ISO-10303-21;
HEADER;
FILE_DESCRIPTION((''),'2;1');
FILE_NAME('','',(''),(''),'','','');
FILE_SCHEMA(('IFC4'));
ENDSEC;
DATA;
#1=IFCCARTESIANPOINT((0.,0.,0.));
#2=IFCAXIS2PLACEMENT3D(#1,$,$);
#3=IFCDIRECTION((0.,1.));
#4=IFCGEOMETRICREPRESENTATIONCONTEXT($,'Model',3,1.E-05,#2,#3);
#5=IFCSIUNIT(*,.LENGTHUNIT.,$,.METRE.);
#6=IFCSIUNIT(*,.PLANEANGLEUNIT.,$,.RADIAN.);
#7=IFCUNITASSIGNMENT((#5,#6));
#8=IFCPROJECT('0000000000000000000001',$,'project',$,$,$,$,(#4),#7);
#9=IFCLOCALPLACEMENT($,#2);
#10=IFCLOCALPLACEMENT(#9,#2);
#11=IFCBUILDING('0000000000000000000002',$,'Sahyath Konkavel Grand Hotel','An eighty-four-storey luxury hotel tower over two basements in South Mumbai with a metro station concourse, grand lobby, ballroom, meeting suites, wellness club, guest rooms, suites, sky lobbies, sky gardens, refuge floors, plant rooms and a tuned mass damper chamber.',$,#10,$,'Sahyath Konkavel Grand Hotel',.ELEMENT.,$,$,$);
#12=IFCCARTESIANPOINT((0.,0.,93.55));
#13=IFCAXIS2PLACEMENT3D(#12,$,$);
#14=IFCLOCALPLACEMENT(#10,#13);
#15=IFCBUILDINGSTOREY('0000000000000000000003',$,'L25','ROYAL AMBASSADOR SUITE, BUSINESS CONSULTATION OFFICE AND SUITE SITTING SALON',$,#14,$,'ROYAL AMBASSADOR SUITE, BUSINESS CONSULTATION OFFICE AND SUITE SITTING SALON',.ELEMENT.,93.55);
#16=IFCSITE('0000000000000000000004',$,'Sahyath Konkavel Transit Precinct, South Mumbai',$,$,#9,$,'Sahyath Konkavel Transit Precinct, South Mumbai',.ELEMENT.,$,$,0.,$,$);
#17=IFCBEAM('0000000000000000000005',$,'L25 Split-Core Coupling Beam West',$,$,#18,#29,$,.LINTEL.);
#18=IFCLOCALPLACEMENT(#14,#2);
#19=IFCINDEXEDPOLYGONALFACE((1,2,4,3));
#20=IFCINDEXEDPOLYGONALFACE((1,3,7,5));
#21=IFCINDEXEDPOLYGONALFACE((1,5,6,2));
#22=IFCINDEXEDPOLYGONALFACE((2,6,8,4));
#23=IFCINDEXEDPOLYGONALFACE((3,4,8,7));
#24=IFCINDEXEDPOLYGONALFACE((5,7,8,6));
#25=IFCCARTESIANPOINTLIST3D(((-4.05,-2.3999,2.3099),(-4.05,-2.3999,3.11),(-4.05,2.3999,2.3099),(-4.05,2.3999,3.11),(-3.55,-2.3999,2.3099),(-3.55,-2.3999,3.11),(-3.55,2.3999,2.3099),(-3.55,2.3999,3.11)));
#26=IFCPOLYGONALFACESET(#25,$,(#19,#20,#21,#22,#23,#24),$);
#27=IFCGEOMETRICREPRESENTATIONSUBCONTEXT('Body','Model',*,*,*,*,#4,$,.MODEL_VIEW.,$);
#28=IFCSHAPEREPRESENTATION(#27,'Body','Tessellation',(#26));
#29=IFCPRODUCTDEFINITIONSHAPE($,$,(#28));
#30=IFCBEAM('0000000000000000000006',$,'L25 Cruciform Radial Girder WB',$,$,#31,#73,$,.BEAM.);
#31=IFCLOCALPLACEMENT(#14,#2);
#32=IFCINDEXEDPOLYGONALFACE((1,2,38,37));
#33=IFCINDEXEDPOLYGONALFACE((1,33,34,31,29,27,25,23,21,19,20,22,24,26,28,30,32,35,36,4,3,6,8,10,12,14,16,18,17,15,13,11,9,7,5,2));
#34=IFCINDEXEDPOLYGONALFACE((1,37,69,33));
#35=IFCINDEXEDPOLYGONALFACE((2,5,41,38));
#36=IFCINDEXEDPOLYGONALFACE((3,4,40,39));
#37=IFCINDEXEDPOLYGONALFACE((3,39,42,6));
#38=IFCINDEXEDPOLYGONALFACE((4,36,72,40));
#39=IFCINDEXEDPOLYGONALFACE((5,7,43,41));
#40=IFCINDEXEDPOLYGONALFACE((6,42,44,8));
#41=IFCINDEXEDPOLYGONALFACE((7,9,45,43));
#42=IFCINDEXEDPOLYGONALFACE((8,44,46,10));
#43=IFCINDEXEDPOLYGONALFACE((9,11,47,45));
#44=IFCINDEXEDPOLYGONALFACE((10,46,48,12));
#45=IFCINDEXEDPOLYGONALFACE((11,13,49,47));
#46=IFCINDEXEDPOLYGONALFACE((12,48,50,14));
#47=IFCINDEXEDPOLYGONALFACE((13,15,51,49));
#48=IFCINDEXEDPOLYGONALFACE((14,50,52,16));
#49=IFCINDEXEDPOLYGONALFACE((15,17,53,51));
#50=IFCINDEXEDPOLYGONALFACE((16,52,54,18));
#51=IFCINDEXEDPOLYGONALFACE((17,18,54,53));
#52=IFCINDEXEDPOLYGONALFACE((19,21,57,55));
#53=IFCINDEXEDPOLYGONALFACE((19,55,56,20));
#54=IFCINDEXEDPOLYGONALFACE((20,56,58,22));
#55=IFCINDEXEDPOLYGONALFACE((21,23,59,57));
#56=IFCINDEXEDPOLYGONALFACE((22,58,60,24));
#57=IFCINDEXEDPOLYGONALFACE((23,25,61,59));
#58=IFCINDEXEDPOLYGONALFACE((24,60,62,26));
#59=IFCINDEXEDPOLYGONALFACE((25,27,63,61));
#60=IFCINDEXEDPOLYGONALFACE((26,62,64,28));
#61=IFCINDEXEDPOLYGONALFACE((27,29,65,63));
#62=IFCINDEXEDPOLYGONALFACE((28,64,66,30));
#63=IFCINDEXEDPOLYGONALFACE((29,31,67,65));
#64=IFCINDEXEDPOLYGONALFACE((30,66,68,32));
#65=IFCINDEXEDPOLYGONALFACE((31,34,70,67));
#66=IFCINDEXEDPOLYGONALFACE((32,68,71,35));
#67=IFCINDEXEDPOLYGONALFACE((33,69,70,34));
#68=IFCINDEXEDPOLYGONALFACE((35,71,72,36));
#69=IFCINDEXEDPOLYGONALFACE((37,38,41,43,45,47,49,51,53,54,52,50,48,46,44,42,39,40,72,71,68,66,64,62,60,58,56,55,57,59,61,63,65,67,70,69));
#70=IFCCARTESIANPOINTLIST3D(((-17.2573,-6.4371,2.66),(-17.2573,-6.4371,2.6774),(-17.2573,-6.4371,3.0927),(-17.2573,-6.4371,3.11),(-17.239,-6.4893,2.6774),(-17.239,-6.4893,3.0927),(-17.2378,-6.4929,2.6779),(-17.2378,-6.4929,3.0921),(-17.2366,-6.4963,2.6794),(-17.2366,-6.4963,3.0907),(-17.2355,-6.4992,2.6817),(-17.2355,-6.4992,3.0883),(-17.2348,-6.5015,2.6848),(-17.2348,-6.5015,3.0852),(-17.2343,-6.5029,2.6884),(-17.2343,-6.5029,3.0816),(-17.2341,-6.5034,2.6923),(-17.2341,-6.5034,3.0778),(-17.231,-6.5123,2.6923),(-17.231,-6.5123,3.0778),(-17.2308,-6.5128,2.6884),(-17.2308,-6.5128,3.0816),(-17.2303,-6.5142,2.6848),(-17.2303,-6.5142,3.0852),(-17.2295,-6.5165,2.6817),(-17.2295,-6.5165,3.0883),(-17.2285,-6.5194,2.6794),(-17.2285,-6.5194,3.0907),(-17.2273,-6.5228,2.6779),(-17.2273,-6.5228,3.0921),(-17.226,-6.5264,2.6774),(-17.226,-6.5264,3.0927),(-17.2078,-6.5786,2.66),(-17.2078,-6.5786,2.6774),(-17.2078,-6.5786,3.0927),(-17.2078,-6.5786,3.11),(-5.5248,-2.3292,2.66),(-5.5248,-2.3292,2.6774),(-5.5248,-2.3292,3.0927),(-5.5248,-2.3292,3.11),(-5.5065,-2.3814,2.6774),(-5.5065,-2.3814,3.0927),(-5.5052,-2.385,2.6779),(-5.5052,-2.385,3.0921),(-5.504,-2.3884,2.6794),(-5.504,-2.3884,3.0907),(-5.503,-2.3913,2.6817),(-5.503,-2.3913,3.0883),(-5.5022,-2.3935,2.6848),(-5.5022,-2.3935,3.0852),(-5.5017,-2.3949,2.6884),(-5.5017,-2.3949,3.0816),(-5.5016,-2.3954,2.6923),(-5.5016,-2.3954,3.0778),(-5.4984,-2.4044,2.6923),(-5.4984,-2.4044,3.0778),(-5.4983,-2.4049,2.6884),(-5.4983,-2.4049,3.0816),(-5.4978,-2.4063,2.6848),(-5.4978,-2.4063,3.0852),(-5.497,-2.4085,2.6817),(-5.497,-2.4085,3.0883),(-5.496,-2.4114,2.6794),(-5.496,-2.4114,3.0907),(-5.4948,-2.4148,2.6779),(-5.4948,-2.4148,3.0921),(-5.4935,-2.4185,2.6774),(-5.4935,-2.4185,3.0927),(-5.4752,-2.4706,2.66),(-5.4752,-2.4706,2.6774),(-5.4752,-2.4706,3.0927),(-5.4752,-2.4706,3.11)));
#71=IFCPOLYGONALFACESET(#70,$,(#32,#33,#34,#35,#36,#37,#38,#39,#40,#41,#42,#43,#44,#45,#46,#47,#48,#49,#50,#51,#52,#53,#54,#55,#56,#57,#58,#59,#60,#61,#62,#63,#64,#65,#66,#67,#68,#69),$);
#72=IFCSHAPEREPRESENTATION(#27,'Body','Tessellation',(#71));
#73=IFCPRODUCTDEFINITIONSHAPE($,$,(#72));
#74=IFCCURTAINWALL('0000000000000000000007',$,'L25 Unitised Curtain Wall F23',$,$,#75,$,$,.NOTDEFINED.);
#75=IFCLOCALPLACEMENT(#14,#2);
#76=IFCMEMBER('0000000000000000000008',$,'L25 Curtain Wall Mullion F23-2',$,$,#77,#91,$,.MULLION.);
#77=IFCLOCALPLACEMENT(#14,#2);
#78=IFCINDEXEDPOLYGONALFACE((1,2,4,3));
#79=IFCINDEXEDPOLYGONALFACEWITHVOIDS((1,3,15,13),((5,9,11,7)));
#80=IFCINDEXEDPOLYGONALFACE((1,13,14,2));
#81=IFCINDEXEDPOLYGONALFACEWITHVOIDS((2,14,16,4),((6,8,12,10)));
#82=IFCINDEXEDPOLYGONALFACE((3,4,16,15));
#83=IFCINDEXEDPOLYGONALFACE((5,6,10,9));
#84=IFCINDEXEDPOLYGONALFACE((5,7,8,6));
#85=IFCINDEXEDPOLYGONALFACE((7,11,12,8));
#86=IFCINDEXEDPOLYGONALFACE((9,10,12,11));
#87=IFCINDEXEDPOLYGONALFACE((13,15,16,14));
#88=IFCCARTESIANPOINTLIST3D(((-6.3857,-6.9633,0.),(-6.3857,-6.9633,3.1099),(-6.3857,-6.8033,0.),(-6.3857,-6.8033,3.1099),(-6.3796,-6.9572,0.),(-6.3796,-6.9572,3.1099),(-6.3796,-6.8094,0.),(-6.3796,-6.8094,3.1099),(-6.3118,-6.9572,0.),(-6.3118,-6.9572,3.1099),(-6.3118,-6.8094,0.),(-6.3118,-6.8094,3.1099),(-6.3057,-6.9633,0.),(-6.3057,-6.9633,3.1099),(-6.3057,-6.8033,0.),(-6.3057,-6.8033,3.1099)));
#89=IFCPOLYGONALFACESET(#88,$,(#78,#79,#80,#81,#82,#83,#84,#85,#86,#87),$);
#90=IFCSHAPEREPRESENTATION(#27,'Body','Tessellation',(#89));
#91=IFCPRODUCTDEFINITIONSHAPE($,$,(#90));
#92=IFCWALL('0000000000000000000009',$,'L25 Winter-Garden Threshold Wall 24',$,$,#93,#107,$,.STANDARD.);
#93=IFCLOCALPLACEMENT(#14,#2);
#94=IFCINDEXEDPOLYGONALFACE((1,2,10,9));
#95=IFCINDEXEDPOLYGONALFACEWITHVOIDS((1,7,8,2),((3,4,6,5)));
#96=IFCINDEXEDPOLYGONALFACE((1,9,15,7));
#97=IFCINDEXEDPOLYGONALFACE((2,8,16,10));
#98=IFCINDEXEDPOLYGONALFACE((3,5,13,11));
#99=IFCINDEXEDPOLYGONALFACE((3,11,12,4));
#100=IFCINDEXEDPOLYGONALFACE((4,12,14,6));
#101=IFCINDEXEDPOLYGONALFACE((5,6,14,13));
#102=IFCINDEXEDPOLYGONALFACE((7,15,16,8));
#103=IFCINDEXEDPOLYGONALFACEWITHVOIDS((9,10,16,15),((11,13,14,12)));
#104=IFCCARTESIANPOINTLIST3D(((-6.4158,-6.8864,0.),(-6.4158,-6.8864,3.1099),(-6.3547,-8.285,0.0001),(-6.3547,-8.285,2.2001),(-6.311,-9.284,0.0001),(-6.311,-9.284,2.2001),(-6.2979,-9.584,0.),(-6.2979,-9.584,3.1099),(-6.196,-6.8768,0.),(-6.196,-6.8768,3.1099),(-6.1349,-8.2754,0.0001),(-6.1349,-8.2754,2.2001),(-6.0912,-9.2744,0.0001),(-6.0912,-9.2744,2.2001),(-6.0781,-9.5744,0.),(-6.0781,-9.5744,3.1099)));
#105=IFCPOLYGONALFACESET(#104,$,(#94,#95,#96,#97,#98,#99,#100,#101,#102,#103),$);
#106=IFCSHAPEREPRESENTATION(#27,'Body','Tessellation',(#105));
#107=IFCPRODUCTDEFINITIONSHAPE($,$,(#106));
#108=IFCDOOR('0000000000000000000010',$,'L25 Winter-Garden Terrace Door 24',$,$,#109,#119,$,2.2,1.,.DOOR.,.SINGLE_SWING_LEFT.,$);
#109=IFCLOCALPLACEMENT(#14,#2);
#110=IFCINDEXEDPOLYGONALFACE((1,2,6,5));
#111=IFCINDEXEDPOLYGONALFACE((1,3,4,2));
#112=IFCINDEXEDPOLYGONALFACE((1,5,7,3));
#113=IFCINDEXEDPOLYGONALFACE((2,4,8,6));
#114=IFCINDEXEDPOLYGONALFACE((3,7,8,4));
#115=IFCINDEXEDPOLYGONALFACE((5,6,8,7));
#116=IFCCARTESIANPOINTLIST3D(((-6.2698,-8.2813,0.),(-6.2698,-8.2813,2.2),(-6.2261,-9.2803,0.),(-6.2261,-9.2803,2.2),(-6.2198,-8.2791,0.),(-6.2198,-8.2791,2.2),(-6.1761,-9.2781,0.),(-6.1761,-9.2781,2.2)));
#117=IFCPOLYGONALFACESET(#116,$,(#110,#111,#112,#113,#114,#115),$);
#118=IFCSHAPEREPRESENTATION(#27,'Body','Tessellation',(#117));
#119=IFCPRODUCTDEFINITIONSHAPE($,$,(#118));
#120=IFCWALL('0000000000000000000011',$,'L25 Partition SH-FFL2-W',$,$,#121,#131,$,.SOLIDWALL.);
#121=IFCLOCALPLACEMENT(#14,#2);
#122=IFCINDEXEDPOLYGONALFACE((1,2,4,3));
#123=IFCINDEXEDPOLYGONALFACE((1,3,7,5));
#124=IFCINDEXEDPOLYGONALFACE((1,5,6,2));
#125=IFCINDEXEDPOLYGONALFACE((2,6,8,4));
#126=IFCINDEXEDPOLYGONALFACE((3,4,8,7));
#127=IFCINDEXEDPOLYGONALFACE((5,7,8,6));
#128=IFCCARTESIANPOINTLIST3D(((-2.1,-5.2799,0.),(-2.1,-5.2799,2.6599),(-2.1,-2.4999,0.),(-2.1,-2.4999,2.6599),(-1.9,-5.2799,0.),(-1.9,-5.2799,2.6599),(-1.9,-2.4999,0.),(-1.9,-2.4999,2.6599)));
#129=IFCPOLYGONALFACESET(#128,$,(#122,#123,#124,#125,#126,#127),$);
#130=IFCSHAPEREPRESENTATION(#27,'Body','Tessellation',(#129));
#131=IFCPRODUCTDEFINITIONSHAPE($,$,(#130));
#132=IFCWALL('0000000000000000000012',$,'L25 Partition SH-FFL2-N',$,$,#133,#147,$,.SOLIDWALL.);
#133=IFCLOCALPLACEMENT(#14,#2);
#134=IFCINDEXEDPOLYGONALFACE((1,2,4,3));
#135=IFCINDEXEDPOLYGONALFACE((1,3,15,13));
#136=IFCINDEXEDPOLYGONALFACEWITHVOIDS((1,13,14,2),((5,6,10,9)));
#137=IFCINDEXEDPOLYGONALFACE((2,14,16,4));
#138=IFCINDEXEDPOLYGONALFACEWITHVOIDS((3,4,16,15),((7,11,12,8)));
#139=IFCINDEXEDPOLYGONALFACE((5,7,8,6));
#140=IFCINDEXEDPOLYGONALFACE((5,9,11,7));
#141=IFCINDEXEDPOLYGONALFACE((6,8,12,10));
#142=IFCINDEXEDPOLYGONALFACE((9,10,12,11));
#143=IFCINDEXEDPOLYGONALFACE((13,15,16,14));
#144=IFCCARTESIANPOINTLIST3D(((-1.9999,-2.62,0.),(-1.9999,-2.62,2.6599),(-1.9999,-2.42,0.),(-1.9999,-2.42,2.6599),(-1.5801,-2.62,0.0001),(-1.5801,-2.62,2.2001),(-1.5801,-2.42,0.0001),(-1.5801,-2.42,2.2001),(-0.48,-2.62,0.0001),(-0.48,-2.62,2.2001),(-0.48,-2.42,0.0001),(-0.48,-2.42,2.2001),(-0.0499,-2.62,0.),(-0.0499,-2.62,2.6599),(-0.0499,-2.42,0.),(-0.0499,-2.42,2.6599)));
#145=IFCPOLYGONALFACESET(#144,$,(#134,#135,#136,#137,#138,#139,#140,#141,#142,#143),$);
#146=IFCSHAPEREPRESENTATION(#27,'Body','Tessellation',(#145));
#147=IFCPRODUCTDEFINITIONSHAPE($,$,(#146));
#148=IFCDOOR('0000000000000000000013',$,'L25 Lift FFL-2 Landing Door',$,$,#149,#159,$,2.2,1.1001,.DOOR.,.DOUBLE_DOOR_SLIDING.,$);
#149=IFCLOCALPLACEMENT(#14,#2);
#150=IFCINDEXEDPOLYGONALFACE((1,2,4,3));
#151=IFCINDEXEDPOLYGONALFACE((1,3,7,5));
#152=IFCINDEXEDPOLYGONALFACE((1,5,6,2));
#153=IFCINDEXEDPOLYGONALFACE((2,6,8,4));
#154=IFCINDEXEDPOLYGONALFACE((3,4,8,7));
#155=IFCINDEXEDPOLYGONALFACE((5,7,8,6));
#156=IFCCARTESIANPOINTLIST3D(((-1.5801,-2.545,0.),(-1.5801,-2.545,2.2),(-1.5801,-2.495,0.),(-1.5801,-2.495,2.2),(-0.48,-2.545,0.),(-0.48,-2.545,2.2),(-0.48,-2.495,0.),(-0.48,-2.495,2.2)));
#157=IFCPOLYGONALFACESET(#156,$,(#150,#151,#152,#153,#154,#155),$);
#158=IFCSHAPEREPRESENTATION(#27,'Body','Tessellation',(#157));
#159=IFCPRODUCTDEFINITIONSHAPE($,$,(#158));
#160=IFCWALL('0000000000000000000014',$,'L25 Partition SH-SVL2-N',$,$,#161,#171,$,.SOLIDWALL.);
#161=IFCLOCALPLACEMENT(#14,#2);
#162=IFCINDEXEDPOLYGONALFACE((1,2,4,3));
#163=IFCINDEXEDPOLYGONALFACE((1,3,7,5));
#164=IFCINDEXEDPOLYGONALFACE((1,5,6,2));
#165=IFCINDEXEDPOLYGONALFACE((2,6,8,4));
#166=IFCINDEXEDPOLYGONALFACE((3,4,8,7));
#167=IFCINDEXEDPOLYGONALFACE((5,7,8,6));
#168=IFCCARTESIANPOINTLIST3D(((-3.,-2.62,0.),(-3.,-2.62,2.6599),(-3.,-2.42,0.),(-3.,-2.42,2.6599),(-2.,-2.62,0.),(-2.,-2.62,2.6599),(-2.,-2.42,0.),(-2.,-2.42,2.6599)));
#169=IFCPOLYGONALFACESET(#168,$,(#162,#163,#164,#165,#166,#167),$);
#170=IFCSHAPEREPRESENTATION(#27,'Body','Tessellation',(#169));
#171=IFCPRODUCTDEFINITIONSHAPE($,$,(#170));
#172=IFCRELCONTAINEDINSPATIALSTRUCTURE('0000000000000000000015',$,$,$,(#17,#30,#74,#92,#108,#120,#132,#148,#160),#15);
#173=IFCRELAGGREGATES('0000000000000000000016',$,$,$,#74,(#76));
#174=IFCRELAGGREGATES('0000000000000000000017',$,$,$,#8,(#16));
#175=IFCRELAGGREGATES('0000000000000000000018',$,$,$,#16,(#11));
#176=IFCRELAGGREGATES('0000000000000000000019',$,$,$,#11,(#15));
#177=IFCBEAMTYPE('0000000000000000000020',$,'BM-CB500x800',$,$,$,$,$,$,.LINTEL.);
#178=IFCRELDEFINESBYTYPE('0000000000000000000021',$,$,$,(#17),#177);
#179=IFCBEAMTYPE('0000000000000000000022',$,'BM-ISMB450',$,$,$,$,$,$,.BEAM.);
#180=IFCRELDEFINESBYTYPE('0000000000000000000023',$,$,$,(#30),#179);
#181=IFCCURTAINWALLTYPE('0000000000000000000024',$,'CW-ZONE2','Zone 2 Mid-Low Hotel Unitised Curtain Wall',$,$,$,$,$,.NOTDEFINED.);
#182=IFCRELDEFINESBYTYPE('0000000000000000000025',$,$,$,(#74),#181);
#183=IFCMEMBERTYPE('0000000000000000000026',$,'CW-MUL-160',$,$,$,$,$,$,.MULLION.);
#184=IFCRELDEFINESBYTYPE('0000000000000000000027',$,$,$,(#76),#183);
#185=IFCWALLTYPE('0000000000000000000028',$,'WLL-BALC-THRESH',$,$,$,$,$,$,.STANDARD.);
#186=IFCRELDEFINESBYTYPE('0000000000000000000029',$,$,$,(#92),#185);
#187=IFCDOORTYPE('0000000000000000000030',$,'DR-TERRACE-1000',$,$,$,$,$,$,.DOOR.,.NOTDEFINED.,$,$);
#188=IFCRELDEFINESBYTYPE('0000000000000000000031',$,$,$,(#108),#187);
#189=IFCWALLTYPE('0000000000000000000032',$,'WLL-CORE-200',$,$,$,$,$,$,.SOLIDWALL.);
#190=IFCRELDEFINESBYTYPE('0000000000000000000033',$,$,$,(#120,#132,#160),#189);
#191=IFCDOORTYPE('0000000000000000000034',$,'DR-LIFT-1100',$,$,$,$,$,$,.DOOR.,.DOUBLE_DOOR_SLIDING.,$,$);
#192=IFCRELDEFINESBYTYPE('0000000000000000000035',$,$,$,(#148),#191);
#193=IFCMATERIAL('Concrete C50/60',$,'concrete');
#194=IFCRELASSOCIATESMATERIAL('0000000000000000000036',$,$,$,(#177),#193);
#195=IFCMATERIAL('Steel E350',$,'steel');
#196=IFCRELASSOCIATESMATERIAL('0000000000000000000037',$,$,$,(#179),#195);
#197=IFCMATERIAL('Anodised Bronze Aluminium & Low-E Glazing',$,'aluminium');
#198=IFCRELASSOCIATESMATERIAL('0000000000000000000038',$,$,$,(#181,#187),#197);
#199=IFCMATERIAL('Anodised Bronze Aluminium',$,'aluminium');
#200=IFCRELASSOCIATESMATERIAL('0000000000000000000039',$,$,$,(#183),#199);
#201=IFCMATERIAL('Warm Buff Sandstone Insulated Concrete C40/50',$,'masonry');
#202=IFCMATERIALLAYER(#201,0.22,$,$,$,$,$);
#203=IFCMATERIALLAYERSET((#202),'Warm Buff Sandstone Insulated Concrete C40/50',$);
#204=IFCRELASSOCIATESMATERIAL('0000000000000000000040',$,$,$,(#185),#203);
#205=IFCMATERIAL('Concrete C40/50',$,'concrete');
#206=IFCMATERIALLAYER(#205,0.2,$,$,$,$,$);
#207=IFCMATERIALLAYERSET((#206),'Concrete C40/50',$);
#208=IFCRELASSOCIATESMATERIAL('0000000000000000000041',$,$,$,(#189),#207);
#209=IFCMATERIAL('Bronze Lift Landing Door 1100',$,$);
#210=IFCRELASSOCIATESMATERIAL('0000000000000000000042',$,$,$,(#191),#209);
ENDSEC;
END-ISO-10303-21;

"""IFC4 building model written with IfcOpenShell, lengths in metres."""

from ifc_helpers import new_model, si_unit, direction, frame, frame_2d, origin, origin_2d, place, context, subcontext, project, spatial, rectangle, hollow_rectangle, i_section, extrude, source, transform, mapped, material, layer, layer_set, material_profile, profile_set, type_object, element, fill, aggregate, save


model = new_model("IFC4")

# Units and contexts
model_context = context("Model", 3, precision=1e-05, world=origin(), true_north=direction((0.0, 1.0)))
body_context = subcontext(model_context, "Body", "Model", "MODEL_VIEW")
ifc_project = project(units=[si_unit("LENGTHUNIT", "METRE"), si_unit("PLANEANGLEUNIT", "RADIAN")], contexts=[model_context])

# Site, building, storey
site_placement = place(None, origin())
site = spatial("IfcSite", under=ifc_project, at=site_placement, Name="Sahyath Konkavel Transit Precinct, South Mumbai", LongName="Sahyath Konkavel Transit Precinct, South Mumbai", CompositionType="ELEMENT", RefElevation=0.0)
building_placement = place(site_placement, origin())
building = spatial("IfcBuilding", under=site, at=building_placement, Name="Sahyath Konkavel Grand Hotel", Description="An eighty-four-storey luxury hotel tower over two basements in South Mumbai with a metro station concourse, grand lobby, ballroom, meeting suites, wellness club, guest rooms, suites, sky lobbies, sky gardens, refuge floors, plant rooms and a tuned mass damper chamber.", LongName="Sahyath Konkavel Grand Hotel", CompositionType="ELEMENT")
storey_placement = place(building_placement, frame((0.0, 0.0, 93.55)))
storey = spatial("IfcBuildingStorey", under=building, at=storey_placement, Name="L25", Description="ROYAL AMBASSADOR SUITE, BUSINESS CONSULTATION OFFICE AND SUITE SITTING SALON", LongName="ROYAL AMBASSADOR SUITE, BUSINESS CONSULTATION OFFICE AND SUITE SITTING SALON", CompositionType="ELEMENT", Elevation=93.55)

# Shared definitions
ifc_material_1 = material(Name="Concrete C50/60", Category="concrete")

# Beams
ifc_material_2 = material(Name="Steel E350", Category="steel")
ifc_material_profile_1 = material_profile(ifc_material_1, rectangle(XDim=0.5, YDim=0.8, at=origin_2d()), Name="RC 500x800")
ifc_profile_set_1 = profile_set([ifc_material_profile_1], Name="Concrete C50/60")
beam_type_1 = type_object("IfcBeamType", Name="BM-CB500x800", PredefinedType="LINTEL", material=ifc_profile_set_1)
shared_shape_1 = source(origin(), body_context, "Body", "SweptSolid", [
    extrude(rectangle(XDim=0.5, YDim=0.8, at=origin_2d()), origin(), (0.0, 0.0, 1.0), 4.7998),
])
beam_1_placement = place(storey_placement, frame((-3.8, -2.3999, 2.71), z_axis=(0.0, 1.0, 0.0), x_axis=(-1.0, 0.0, 0.0)))
element("IfcBeam", 1, at=beam_1_placement, inside=storey, type_object=beam_type_1, Name="L25 Split-Core Coupling Beam West", PredefinedType="LINTEL", context=body_context, shape_type="MappedRepresentation", body=[
    mapped(shared_shape_1, transform((0.0, 0.0, 0.0), scale=1.0)),
])
ifc_material_profile_2 = material_profile(ifc_material_2, i_section(OverallWidth=0.1499, OverallDepth=0.45, WebThickness=0.0095, FlangeThickness=0.0173, FilletRadius=0.0149, at=origin_2d()), Name="ISMB 450")
ifc_profile_set_2 = profile_set([ifc_material_profile_2], Name="Steel E350")
beam_type_2 = type_object("IfcBeamType", Name="BM-ISMB450", PredefinedType="BEAM", material=ifc_profile_set_2)
shared_shape_2 = source(origin(), body_context, "Body", "SweptSolid", [
    extrude(i_section(OverallWidth=0.1499, OverallDepth=0.45, WebThickness=0.0095, FlangeThickness=0.0173, FilletRadius=0.0149, at=origin_2d()), origin(), (0.0, 0.0, 1.0), 12.4309),
])
beam_2_placement = place(storey_placement, frame((-5.5, -2.3999, 2.885), z_axis=(-0.943819, -0.330462, 0.0), x_axis=(0.330462, -0.943819, 0.0)))
element("IfcBeam", 2, at=beam_2_placement, inside=storey, type_object=beam_type_2, Name="L25 Cruciform Radial Girder WB", PredefinedType="BEAM", context=body_context, shape_type="MappedRepresentation", body=[
    mapped(shared_shape_2, transform((0.0, 0.0, 0.0), scale=1.0)),
])

# Curtain wall, member
ifc_material_3 = material(Name="Anodised Bronze Aluminium & Low-E Glazing", Category="aluminium")
curtain_wall_type = type_object("IfcCurtainWallType", Name="CW-ZONE2", Description="Zone 2 Mid-Low Hotel Unitised Curtain Wall", PredefinedType="NOTDEFINED", material=ifc_material_3)
curtain_wall_placement = place(storey_placement, origin())
curtain_wall = element("IfcCurtainWall", 3, at=curtain_wall_placement, inside=storey, type_object=curtain_wall_type, Name="L25 Unitised Curtain Wall F23", PredefinedType="NOTDEFINED")
ifc_material_4 = material(Name="Anodised Bronze Aluminium", Category="aluminium")
ifc_material_profile_3 = material_profile(ifc_material_4, hollow_rectangle(XDim=0.0801, YDim=0.1599, WallThickness=0.0061, at=origin_2d()), Name="RHS 160x80x6")
ifc_profile_set_3 = profile_set([ifc_material_profile_3], Name="Anodised Bronze Aluminium")
member_type = type_object("IfcMemberType", Name="CW-MUL-160", PredefinedType="MULLION", material=ifc_profile_set_3)
shared_shape_3 = source(origin(), body_context, "Body", "SweptSolid", [
    extrude(hollow_rectangle(XDim=0.0801, YDim=0.1599, WallThickness=0.0061, at=origin_2d()), origin(), (0.0, 0.0, 1.0), 3.1099),
])
member_placement = place(storey_placement, frame((-6.3457, -6.8833, 0.0), z_axis=(0.0, 0.0, 1.0), x_axis=(1.0, 0.0, 0.0)))
member = element("IfcMember", 4, at=member_placement, type_object=member_type, Name="L25 Curtain Wall Mullion F23-2", PredefinedType="MULLION", context=body_context, shape_type="MappedRepresentation", body=[
    mapped(shared_shape_3, transform((0.0, 0.0, 0.0), scale=1.0)),
])
aggregate(curtain_wall, [member])

# Wall, opening, door
ifc_material_5 = material(Name="Warm Buff Sandstone Insulated Concrete C40/50", Category="masonry")
ifc_layer_1 = layer(ifc_material_5, 0.22)
ifc_layer_set_1 = layer_set([ifc_layer_1], Name="Warm Buff Sandstone Insulated Concrete C40/50")
wall_type_1 = type_object("IfcWallType", Name="WLL-BALC-THRESH", PredefinedType="STANDARD", material=ifc_layer_set_1)
wall_1_placement = place(storey_placement, frame((-6.3059, -6.8816, 0.0), z_axis=(0.0, 0.0, 1.0), x_axis=(0.043673, -0.999046, 0.0)))
wall_1 = element("IfcWall", 5, at=wall_1_placement, inside=storey, type_object=wall_type_1, Name="L25 Winter-Garden Threshold Wall 24", PredefinedType="STANDARD", context=body_context, shape_type="SweptSolid", body=[
    extrude(rectangle(XDim=2.7002, YDim=0.22, at=frame_2d((1.3501, 0.0))), origin(), (0.0, 0.0, 1.0), 3.1099),
])
opening_1_placement = place(wall_1_placement, frame((1.3999, 0.0, 0.0)))
opening_1 = element("IfcOpeningElement", 6, at=opening_1_placement, cuts=wall_1, PredefinedType="OPENING", context=body_context, shape_type="SweptSolid", body=[
    extrude(rectangle(XDim=1.0, YDim=2.2, at=frame_2d((0.5, 1.1001))), frame((0.0, 0.1201, 0.0), z_axis=(0.0, -1.0, 0.0), x_axis=(1.0, 0.0, 0.0)), (0.0, 0.0, 1.0), 0.24),
])
door_type_1 = type_object("IfcDoorType", Name="DR-TERRACE-1000", OperationType="NOTDEFINED", PredefinedType="DOOR", material=ifc_material_3)
shared_shape_4 = source(origin(), body_context, "Body", "SweptSolid", [
    extrude(rectangle(XDim=1.0, YDim=0.05, at=origin_2d()), origin(), (0.0, 0.0, 1.0), 2.2),
])
door_1_placement = place(opening_1_placement, frame((0.5, 0.0, 0.0)))
door_1 = element("IfcDoor", 7, at=door_1_placement, inside=storey, type_object=door_type_1, Name="L25 Winter-Garden Terrace Door 24", OperationType="SINGLE_SWING_LEFT", OverallHeight=2.2, OverallWidth=1.0, PredefinedType="DOOR", context=body_context, shape_type="MappedRepresentation", body=[
    mapped(shared_shape_4, transform((0.0, 0.0, 0.0), scale=1.0)),
])
fill(opening_1, door_1)

# Wall
ifc_material_6 = material(Name="Concrete C40/50", Category="concrete")
ifc_layer_2 = layer(ifc_material_6, 0.2)
ifc_layer_set_2 = layer_set([ifc_layer_2], Name="Concrete C40/50")
wall_type_2 = type_object("IfcWallType", Name="WLL-CORE-200", PredefinedType="SOLIDWALL", material=ifc_layer_set_2)
wall_2_placement = place(storey_placement, frame((-2.0, -5.28, 0.0), z_axis=(0.0, 0.0, 1.0), x_axis=(0.0, 1.0, 0.0)))
element("IfcWall", 8, at=wall_2_placement, inside=storey, type_object=wall_type_2, Name="L25 Partition SH-FFL2-W", PredefinedType="SOLIDWALL", context=body_context, shape_type="SweptSolid", body=[
    extrude(rectangle(XDim=2.78, YDim=0.2, at=frame_2d((1.3901, 0.0))), origin(), (0.0, 0.0, 1.0), 2.6599),
])

# Wall, opening, door
wall_3_placement = place(storey_placement, frame((-2.0, -2.52, 0.0), z_axis=(0.0, 0.0, 1.0), x_axis=(1.0, 0.0, 0.0)))
wall_3 = element("IfcWall", 9, at=wall_3_placement, inside=storey, type_object=wall_type_2, Name="L25 Partition SH-FFL2-N", PredefinedType="SOLIDWALL", context=body_context, shape_type="SweptSolid", body=[
    extrude(rectangle(XDim=1.95, YDim=0.2, at=frame_2d((0.9751, 0.0))), origin(), (0.0, 0.0, 1.0), 2.6599),
])
opening_2_placement = place(wall_3_placement, frame((0.4199, 0.0, 0.0)))
opening_2 = element("IfcOpeningElement", 10, at=opening_2_placement, cuts=wall_3, PredefinedType="OPENING", context=body_context, shape_type="SweptSolid", body=[
    extrude(rectangle(XDim=1.1001, YDim=2.2, at=frame_2d((0.55, 1.1001))), frame((0.0, 0.1099, 0.0), z_axis=(0.0, -1.0, 0.0), x_axis=(1.0, 0.0, 0.0)), (0.0, 0.0, 1.0), 0.22),
])
ifc_material_7 = material(Name="Bronze Lift Landing Door 1100")
door_type_2 = type_object("IfcDoorType", Name="DR-LIFT-1100", OperationType="DOUBLE_DOOR_SLIDING", PredefinedType="DOOR", material=ifc_material_7)
shared_shape_5 = source(origin(), body_context, "Body", "SweptSolid", [
    extrude(rectangle(XDim=1.1001, YDim=0.05, at=origin_2d()), origin(), (0.0, 0.0, 1.0), 2.2),
])
door_2_placement = place(opening_2_placement, frame((0.55, 0.0, 0.0)))
door_2 = element("IfcDoor", 11, at=door_2_placement, inside=storey, type_object=door_type_2, Name="L25 Lift FFL-2 Landing Door", OperationType="DOUBLE_DOOR_SLIDING", OverallHeight=2.2, OverallWidth=1.1001, PredefinedType="DOOR", context=body_context, shape_type="MappedRepresentation", body=[
    mapped(shared_shape_5, transform((0.0, 0.0, 0.0), scale=1.0)),
])
fill(opening_2, door_2)

# Wall
wall_4_placement = place(storey_placement, frame((-3.0, -2.52, 0.0), z_axis=(0.0, 0.0, 1.0), x_axis=(1.0, 0.0, 0.0)))
element("IfcWall", 12, at=wall_4_placement, inside=storey, type_object=wall_type_2, Name="L25 Partition SH-SVL2-N", PredefinedType="SOLIDWALL", context=body_context, shape_type="SweptSolid", body=[
    extrude(rectangle(XDim=1.0, YDim=0.2, at=frame_2d((0.5, 0.0))), origin(), (0.0, 0.0, 1.0), 2.6599),
])

save(model, "model.ifc")
